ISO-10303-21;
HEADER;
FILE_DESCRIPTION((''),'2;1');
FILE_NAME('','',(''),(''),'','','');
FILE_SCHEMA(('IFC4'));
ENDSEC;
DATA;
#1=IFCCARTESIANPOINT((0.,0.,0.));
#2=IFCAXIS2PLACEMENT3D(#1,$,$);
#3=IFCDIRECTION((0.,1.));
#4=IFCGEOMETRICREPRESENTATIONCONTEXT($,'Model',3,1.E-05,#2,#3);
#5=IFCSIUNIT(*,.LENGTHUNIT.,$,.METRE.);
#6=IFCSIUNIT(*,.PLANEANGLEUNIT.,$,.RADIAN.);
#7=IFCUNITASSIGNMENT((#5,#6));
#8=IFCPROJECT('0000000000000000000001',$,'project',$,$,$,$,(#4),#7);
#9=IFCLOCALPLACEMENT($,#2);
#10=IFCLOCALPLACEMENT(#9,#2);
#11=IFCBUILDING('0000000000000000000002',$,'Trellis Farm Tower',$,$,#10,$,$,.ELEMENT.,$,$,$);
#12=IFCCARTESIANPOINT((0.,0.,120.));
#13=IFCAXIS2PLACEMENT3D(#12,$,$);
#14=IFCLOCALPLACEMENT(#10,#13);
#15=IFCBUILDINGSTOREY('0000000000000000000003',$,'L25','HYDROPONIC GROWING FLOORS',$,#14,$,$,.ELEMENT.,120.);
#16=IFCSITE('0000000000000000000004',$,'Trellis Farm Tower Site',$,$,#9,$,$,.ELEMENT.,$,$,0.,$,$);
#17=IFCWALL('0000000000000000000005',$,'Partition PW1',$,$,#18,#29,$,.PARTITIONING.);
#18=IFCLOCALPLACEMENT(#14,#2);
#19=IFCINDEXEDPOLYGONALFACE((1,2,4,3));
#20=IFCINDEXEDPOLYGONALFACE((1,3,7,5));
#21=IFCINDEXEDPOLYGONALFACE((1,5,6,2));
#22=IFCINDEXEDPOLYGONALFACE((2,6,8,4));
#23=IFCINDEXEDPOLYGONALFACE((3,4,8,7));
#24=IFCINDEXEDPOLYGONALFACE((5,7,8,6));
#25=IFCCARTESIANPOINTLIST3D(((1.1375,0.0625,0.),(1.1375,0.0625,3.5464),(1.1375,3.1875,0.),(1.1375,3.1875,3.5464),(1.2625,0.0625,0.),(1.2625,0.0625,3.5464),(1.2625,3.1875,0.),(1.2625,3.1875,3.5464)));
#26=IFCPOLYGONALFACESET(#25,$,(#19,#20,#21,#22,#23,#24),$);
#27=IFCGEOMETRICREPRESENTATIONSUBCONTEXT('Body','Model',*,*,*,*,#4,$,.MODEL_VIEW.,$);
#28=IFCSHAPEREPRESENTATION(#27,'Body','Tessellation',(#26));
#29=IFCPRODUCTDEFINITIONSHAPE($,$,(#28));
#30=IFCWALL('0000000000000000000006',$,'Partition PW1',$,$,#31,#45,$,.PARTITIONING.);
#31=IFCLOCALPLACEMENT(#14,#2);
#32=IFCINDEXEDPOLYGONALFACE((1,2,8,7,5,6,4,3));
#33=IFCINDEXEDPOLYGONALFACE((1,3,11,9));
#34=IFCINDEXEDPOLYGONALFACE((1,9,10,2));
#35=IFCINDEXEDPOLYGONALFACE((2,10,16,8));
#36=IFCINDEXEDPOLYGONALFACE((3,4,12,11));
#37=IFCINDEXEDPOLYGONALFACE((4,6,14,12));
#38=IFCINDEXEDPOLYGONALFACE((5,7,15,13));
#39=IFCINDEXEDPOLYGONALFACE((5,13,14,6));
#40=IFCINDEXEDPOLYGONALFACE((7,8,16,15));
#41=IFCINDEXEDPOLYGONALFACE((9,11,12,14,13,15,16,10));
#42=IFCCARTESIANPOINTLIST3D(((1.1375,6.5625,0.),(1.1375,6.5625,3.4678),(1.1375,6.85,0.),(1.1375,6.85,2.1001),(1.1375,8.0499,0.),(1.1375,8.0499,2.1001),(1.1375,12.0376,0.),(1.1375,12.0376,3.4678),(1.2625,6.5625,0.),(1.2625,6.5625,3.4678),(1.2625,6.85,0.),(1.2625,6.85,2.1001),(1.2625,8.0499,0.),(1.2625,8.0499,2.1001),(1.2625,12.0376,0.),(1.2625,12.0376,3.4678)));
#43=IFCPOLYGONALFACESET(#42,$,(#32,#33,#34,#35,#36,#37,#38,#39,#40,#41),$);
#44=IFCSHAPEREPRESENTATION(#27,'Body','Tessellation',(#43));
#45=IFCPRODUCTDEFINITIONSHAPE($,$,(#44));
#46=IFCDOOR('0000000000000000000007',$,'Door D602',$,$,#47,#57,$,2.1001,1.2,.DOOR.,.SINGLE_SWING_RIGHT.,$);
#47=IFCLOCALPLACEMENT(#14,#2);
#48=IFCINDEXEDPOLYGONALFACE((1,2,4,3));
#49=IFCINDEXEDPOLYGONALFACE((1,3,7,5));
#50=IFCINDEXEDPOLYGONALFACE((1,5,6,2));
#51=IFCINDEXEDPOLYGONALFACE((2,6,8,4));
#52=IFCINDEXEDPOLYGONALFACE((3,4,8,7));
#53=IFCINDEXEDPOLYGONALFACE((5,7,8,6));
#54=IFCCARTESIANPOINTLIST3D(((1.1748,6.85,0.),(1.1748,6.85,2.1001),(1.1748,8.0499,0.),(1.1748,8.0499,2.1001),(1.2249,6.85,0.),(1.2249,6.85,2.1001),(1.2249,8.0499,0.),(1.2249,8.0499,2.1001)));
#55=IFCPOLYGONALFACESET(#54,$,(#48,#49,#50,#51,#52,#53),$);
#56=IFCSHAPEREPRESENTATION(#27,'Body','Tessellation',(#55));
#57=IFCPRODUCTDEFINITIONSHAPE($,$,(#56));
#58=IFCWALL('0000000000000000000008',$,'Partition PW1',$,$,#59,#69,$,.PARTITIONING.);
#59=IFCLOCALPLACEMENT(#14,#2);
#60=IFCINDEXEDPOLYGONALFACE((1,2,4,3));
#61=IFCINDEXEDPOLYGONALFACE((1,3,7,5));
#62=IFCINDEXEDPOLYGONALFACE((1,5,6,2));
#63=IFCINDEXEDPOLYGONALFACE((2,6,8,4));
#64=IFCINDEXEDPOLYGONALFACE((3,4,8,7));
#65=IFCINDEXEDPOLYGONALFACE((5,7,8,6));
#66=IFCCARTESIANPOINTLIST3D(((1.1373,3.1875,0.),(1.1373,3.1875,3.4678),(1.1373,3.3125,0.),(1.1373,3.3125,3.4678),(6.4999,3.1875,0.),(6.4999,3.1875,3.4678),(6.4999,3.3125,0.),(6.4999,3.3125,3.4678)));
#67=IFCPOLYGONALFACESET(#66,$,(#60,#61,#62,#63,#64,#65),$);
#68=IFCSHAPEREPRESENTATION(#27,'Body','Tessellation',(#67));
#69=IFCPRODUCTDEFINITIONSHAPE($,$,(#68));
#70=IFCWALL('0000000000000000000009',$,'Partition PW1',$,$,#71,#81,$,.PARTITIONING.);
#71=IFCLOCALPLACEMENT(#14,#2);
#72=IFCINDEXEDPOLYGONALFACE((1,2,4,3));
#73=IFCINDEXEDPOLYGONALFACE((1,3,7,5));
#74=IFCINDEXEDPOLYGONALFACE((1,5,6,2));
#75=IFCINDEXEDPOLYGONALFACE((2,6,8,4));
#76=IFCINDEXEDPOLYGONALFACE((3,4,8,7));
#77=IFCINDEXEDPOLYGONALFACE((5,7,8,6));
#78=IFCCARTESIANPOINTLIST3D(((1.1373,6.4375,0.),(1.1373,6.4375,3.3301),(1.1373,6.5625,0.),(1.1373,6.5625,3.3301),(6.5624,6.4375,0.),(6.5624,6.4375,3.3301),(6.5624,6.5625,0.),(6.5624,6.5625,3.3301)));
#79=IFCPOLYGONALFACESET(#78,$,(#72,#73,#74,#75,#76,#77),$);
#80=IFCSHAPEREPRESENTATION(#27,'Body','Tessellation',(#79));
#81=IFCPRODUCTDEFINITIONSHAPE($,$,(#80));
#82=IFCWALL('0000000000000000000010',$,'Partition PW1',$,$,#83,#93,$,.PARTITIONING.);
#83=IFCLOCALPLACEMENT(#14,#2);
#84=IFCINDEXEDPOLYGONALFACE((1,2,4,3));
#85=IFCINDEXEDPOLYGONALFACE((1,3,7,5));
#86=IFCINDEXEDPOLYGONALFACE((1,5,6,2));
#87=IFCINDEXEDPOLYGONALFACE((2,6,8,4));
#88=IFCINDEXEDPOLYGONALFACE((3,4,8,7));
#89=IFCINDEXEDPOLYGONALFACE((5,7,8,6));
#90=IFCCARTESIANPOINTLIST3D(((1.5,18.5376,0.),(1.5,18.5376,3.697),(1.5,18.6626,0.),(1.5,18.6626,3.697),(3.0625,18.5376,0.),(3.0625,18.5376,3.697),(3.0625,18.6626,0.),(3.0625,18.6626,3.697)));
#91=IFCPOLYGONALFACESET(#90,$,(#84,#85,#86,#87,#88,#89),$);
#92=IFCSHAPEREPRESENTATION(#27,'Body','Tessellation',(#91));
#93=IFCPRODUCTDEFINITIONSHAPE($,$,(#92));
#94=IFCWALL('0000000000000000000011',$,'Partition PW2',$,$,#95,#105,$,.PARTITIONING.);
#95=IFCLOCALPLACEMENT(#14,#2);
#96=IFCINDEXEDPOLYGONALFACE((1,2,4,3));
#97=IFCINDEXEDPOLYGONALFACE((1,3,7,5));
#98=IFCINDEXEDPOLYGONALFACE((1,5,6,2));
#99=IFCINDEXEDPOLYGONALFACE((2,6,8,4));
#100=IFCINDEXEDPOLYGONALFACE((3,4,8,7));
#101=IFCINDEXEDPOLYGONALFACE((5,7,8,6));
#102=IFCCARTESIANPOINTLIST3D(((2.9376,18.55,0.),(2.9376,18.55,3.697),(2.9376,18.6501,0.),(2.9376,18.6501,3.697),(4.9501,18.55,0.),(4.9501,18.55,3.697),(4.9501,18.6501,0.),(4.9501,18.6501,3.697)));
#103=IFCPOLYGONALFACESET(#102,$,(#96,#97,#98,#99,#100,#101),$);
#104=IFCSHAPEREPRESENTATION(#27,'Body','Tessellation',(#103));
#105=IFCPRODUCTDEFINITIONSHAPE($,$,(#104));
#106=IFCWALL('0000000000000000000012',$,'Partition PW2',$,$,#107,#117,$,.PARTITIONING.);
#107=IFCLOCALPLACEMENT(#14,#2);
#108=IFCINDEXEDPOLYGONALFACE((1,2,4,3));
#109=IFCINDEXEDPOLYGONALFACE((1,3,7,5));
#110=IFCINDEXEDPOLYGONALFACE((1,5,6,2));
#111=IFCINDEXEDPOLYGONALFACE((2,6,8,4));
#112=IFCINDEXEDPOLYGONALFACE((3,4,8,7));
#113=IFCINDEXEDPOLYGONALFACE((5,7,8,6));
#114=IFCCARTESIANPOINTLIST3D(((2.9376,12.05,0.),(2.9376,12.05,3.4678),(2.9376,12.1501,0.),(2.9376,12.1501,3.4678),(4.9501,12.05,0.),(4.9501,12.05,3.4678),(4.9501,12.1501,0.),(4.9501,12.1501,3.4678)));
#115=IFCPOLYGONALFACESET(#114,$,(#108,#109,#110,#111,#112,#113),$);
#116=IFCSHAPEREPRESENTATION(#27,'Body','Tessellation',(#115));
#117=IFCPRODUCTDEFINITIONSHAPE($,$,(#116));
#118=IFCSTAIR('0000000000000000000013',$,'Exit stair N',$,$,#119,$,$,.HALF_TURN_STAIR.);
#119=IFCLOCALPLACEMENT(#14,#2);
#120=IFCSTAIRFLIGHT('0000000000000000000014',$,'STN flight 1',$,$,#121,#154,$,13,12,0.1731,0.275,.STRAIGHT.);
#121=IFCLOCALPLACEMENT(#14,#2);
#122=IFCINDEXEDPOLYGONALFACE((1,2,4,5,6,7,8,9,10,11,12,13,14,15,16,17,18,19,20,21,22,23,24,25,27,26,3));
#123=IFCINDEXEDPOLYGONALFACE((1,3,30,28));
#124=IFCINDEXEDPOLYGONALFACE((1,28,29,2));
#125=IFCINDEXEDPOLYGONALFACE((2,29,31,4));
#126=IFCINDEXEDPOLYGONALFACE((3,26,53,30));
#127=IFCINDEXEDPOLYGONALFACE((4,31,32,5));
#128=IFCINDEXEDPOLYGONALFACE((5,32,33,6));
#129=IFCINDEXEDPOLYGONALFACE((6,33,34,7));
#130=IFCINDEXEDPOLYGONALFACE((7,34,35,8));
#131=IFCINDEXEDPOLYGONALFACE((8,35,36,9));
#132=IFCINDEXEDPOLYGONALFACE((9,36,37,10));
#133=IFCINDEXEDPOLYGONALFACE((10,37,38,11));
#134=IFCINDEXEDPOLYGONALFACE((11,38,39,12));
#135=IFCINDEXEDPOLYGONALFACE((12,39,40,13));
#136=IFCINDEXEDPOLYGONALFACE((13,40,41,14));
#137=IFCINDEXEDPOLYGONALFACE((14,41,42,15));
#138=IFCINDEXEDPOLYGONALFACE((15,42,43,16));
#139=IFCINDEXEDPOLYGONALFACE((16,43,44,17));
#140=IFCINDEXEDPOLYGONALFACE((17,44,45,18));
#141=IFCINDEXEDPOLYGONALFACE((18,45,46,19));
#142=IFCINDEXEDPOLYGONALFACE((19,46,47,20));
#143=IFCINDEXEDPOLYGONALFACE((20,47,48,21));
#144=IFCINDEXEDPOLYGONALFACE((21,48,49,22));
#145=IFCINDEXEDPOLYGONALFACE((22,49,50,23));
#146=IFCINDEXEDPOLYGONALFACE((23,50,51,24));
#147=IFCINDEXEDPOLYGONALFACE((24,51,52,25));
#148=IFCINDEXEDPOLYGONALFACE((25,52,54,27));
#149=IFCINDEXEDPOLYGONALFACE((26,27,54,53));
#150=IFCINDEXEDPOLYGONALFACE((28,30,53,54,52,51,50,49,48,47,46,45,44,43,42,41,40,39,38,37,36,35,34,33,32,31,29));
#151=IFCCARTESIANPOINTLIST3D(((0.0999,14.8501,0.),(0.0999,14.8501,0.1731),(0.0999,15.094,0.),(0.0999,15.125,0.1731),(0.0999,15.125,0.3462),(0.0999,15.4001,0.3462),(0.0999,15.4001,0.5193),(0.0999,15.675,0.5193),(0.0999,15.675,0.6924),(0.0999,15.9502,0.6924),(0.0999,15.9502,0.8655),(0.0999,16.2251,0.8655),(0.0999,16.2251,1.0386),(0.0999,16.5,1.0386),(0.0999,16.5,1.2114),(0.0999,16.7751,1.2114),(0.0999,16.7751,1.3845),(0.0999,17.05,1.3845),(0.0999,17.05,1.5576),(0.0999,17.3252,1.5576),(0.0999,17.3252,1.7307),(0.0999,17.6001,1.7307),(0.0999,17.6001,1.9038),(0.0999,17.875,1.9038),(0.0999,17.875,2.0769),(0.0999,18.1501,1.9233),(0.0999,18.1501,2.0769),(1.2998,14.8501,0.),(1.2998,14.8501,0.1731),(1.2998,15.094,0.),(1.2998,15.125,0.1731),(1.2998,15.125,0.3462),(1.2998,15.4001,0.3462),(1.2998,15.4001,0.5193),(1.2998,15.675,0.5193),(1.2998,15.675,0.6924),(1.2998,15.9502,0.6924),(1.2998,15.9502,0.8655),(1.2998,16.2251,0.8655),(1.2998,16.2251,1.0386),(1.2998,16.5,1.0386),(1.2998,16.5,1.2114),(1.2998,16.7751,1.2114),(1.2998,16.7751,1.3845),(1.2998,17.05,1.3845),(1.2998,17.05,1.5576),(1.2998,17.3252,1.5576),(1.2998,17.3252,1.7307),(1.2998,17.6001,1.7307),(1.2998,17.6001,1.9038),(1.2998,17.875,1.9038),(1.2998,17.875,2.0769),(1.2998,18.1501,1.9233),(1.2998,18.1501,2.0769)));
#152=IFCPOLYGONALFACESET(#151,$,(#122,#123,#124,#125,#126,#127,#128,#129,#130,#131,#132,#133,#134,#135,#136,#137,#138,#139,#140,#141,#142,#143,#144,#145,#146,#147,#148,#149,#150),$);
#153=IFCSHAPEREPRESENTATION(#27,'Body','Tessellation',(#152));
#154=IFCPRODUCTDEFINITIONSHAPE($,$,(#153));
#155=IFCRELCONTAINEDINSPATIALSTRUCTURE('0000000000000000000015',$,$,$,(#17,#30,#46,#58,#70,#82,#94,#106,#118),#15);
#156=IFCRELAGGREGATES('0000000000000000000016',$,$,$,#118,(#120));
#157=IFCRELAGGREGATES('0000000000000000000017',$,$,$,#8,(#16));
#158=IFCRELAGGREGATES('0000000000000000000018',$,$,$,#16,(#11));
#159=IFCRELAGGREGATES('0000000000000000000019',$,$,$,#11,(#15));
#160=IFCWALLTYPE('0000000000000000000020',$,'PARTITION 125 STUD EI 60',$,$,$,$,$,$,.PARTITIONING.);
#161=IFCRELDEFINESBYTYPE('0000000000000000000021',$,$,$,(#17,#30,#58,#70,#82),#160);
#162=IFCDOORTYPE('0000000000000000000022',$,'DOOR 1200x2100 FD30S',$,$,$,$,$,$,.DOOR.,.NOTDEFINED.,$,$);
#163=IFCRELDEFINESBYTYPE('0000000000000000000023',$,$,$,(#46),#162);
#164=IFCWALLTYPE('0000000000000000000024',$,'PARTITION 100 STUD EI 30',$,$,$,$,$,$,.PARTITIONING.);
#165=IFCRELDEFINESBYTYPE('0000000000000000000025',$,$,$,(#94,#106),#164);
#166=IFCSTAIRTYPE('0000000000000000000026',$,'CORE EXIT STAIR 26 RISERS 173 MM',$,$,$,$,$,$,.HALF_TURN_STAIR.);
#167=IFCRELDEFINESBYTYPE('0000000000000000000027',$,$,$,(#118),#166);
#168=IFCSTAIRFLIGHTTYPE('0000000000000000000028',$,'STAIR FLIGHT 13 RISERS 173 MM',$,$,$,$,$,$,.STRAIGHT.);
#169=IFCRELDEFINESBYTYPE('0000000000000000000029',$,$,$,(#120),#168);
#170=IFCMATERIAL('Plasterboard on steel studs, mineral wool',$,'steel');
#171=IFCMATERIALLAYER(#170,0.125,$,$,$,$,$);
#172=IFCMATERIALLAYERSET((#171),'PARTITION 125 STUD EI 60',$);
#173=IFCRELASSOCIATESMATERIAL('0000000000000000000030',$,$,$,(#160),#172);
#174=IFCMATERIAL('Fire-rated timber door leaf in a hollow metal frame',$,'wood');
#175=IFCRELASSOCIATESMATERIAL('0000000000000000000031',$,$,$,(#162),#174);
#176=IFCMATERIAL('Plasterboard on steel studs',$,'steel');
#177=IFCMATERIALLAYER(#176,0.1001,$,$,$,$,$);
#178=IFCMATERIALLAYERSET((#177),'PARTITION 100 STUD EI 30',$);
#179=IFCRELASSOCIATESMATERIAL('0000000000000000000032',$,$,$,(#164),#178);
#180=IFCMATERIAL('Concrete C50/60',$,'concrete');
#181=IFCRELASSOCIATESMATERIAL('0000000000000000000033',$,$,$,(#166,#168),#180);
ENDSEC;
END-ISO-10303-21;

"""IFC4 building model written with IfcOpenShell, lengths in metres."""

from ifc_helpers import new_model, si_unit, direction, frame, frame_2d, origin, place, context, subcontext, project, spatial, polyline, rectangle, outline, extrude, source, transform, mapped, material, layer, layer_set, type_object, element, fill, aggregate, save


model = new_model("IFC4")

# Units and contexts
model_context = context("Model", 3, precision=1e-05, world=origin(), true_north=direction((0.0, 1.0)))
body_context = subcontext(model_context, "Body", "Model", "MODEL_VIEW")
ifc_project = project(units=[si_unit("LENGTHUNIT", "METRE"), si_unit("PLANEANGLEUNIT", "RADIAN")], contexts=[model_context])

# Site, building, storey
site_placement = place(None, origin())
site = spatial("IfcSite", under=ifc_project, at=site_placement, Name="Trellis Farm Tower Site", CompositionType="ELEMENT", RefElevation=0.0)
building_placement = place(site_placement, origin())
building = spatial("IfcBuilding", under=site, at=building_placement, Name="Trellis Farm Tower", CompositionType="ELEMENT")
storey_placement = place(building_placement, frame((0.0, 0.0, 120.0)))
storey = spatial("IfcBuildingStorey", under=building, at=storey_placement, Name="L25", Description="HYDROPONIC GROWING FLOORS", CompositionType="ELEMENT", Elevation=120.0)

# Shared definitions
placement_1 = place(storey_placement, origin())

# Wall
ifc_material_1 = material(Name="Plasterboard on steel studs, mineral wool", Category="steel")
ifc_layer_1 = layer(ifc_material_1, 0.125)
ifc_layer_set_1 = layer_set([ifc_layer_1], Name="PARTITION 125 STUD EI 60")
wall_type_1 = type_object("IfcWallType", Name="PARTITION 125 STUD EI 60", PredefinedType="PARTITIONING", material=ifc_layer_set_1)
shared_shape_1 = source(origin(), body_context, "Body", "SweptSolid", [
    extrude(rectangle(XDim=3.125, YDim=0.125, at=frame_2d((1.5625, 0.0))), origin(), (0.0, 0.0, 1.0), 3.5464),
])
wall_1_placement = place(storey_placement, frame((1.2, 3.1875, 0.0), z_axis=(0.0, 0.0, 1.0), x_axis=(0.0, -1.0, 0.0)))
element("IfcWall", 1, at=wall_1_placement, inside=storey, type_object=wall_type_1, Name="Partition PW1", PredefinedType="PARTITIONING", context=body_context, shape_type="MappedRepresentation", body=[
    mapped(shared_shape_1, transform((0.0, 0.0, 0.0))),
])

# Wall, opening, door
shared_shape_2 = source(origin(), body_context, "Body", "SweptSolid", [
    extrude(rectangle(XDim=5.4751, YDim=0.125, at=frame_2d((2.7375, 0.0))), origin(), (0.0, 0.0, 1.0), 3.4678),
])
wall_2_placement = place(storey_placement, frame((1.2, 12.0376, 0.0), z_axis=(0.0, 0.0, 1.0), x_axis=(0.0, -1.0, 0.0)))
wall_2 = element("IfcWall", 2, at=wall_2_placement, inside=storey, type_object=wall_type_1, Name="Partition PW1", PredefinedType="PARTITIONING", context=body_context, shape_type="MappedRepresentation", body=[
    mapped(shared_shape_2, transform((0.0, 0.0, 0.0))),
])
shared_shape_3 = source(origin(), body_context, "Body", "SweptSolid", [
    extrude(rectangle(XDim=1.2, YDim=2.1001, at=frame_2d((0.6001, 1.05))), frame((0.0, 0.0725, 0.0), z_axis=(0.0, -1.0, 0.0), x_axis=(1.0, 0.0, 0.0)), (0.0, 0.0, 1.0), 0.145),
])
opening_placement = place(wall_2_placement, frame((3.9875, 0.0, 0.0)))
opening = element("IfcOpeningElement", 3, at=opening_placement, cuts=wall_2, PredefinedType="OPENING", context=body_context, shape_type="MappedRepresentation", body=[
    mapped(shared_shape_3, transform((0.0, 0.0, 0.0))),
])
ifc_material_2 = material(Name="Fire-rated timber door leaf in a hollow metal frame", Category="wood")
door_type = type_object("IfcDoorType", Name="DOOR 1200x2100 FD30S", OperationType="NOTDEFINED", PredefinedType="DOOR", material=ifc_material_2)
shared_shape_4 = source(origin(), body_context, "Body", "SweptSolid", [
    extrude(rectangle(XDim=1.2, YDim=2.1001, at=frame_2d((0.6001, 1.05))), frame((0.0, 0.0249, 0.0), z_axis=(0.0, -1.0, 0.0), x_axis=(1.0, 0.0, 0.0)), (0.0, 0.0, 1.0), 0.05),
])
door_placement = place(opening_placement, origin())
door = element("IfcDoor", 4, at=door_placement, inside=storey, type_object=door_type, Name="Door D602", OperationType="SINGLE_SWING_RIGHT", OverallHeight=2.1001, OverallWidth=1.2, PredefinedType="DOOR", context=body_context, shape_type="MappedRepresentation", body=[
    mapped(shared_shape_4, transform((0.0, 0.0, 0.0))),
])
fill(opening, door)

# Walls
shared_shape_5 = source(origin(), body_context, "Body", "SweptSolid", [
    extrude(rectangle(XDim=5.3625, YDim=0.125, at=frame_2d((2.6812, 0.0))), origin(), (0.0, 0.0, 1.0), 3.4678),
])
wall_3_placement = place(storey_placement, frame((1.1375, 3.25, 0.0), z_axis=(0.0, 0.0, 1.0), x_axis=(1.0, 0.0, 0.0)))
element("IfcWall", 5, at=wall_3_placement, inside=storey, type_object=wall_type_1, Name="Partition PW1", PredefinedType="PARTITIONING", context=body_context, shape_type="MappedRepresentation", body=[
    mapped(shared_shape_5, transform((0.0, 0.0, 0.0))),
])
shared_shape_6 = source(origin(), body_context, "Body", "SweptSolid", [
    extrude(rectangle(XDim=5.425, YDim=0.125, at=frame_2d((2.7124, 0.0))), origin(), (0.0, 0.0, 1.0), 3.3301),
])
wall_4_placement = place(storey_placement, frame((1.1375, 6.5, 0.0), z_axis=(0.0, 0.0, 1.0), x_axis=(1.0, 0.0, 0.0)))
element("IfcWall", 6, at=wall_4_placement, inside=storey, type_object=wall_type_1, Name="Partition PW1", PredefinedType="PARTITIONING", context=body_context, shape_type="MappedRepresentation", body=[
    mapped(shared_shape_6, transform((0.0, 0.0, 0.0))),
])
shared_shape_7 = source(origin(), body_context, "Body", "SweptSolid", [
    extrude(rectangle(XDim=1.5625, YDim=0.125, at=frame_2d((0.7812, 0.0))), origin(), (0.0, 0.0, 1.0), 3.697),
])
wall_5_placement = place(storey_placement, frame((1.5, 18.6001, 0.0), z_axis=(0.0, 0.0, 1.0), x_axis=(1.0, 0.0, 0.0)))
element("IfcWall", 7, at=wall_5_placement, inside=storey, type_object=wall_type_1, Name="Partition PW1", PredefinedType="PARTITIONING", context=body_context, shape_type="MappedRepresentation", body=[
    mapped(shared_shape_7, transform((0.0, 0.0, 0.0))),
])
ifc_material_3 = material(Name="Plasterboard on steel studs", Category="steel")
ifc_layer_2 = layer(ifc_material_3, 0.1001)
ifc_layer_set_2 = layer_set([ifc_layer_2], Name="PARTITION 100 STUD EI 30")
wall_type_2 = type_object("IfcWallType", Name="PARTITION 100 STUD EI 30", PredefinedType="PARTITIONING", material=ifc_layer_set_2)
shared_shape_8 = source(origin(), body_context, "Body", "SweptSolid", [
    extrude(rectangle(XDim=2.0125, YDim=0.1001, at=frame_2d((1.0063, 0.0))), origin(), (0.0, 0.0, 1.0), 3.697),
])
wall_6_placement = place(storey_placement, frame((2.9375, 18.6001, 0.0), z_axis=(0.0, 0.0, 1.0), x_axis=(1.0, 0.0, 0.0)))
element("IfcWall", 8, at=wall_6_placement, inside=storey, type_object=wall_type_2, Name="Partition PW2", PredefinedType="PARTITIONING", context=body_context, shape_type="MappedRepresentation", body=[
    mapped(shared_shape_8, transform((0.0, 0.0, 0.0))),
])
shared_shape_9 = source(origin(), body_context, "Body", "SweptSolid", [
    extrude(rectangle(XDim=2.0125, YDim=0.1001, at=frame_2d((1.0063, 0.0))), origin(), (0.0, 0.0, 1.0), 3.4678),
])
wall_7_placement = place(storey_placement, frame((2.9375, 12.1001, 0.0), z_axis=(0.0, 0.0, 1.0), x_axis=(1.0, 0.0, 0.0)))
element("IfcWall", 9, at=wall_7_placement, inside=storey, type_object=wall_type_2, Name="Partition PW2", PredefinedType="PARTITIONING", context=body_context, shape_type="MappedRepresentation", body=[
    mapped(shared_shape_9, transform((0.0, 0.0, 0.0))),
])

# Stair, stair flight
ifc_material_4 = material(Name="Concrete C50/60", Category="concrete")
stair_type = type_object("IfcStairType", Name="CORE EXIT STAIR 26 RISERS 173 MM", PredefinedType="HALF_TURN_STAIR", material=ifc_material_4)
stair = element("IfcStair", 10, at=placement_1, inside=storey, type_object=stair_type, Name="Exit stair N", PredefinedType="HALF_TURN_STAIR")
stair_flight_type = type_object("IfcStairFlightType", Name="STAIR FLIGHT 13 RISERS 173 MM", PredefinedType="STRAIGHT", material=ifc_material_4)
shared_shape_10 = source(origin(), body_context, "Body", "SweptSolid", [
    extrude(outline(polyline([(0.0, 0.0), (0.0, 0.1731), (0.2749, 0.1731), (0.2749, 0.3462), (0.55, 0.3462), (0.55, 0.5193), (0.825, 0.5193), (0.825, 0.6924), (1.1001, 0.6924), (1.1001, 0.8655), (1.375, 0.8655), (1.375, 1.0386), (1.6499, 1.0386), (1.6499, 1.2114), (1.925, 1.2114), (1.925, 1.3845), (2.2, 1.3845), (2.2, 1.5576), (2.4751, 1.5576), (2.4751, 1.7307), (2.75, 1.7307), (2.75, 1.9038), (3.0249, 1.9038), (3.0249, 2.0769), (3.3, 2.0769), (3.3, 2.25), (3.3, 1.9233), (0.2439, 0.0), (0.0, 0.0)])), frame((0.0, 0.6001, 0.0), z_axis=(0.0, -1.0, 0.0), x_axis=(1.0, 0.0, 0.0)), (0.0, 0.0, 1.0), 1.2),
])
stair_flight_placement = place(storey_placement, frame((0.7, 14.8501, 0.0), z_axis=(0.0, 0.0, 1.0), x_axis=(0.0, 1.0, 0.0)))
stair_flight = element("IfcStairFlight", 11, at=stair_flight_placement, type_object=stair_flight_type, Name="STN flight 1", NumberOfRisers=13, NumberOfTreads=12, PredefinedType="STRAIGHT", RiserHeight=0.1731, TreadLength=0.275, context=body_context, shape_type="MappedRepresentation", body=[
    mapped(shared_shape_10, transform((0.0, 0.0, 0.0))),
])
aggregate(stair, [stair_flight])

save(model, "model.ifc")
